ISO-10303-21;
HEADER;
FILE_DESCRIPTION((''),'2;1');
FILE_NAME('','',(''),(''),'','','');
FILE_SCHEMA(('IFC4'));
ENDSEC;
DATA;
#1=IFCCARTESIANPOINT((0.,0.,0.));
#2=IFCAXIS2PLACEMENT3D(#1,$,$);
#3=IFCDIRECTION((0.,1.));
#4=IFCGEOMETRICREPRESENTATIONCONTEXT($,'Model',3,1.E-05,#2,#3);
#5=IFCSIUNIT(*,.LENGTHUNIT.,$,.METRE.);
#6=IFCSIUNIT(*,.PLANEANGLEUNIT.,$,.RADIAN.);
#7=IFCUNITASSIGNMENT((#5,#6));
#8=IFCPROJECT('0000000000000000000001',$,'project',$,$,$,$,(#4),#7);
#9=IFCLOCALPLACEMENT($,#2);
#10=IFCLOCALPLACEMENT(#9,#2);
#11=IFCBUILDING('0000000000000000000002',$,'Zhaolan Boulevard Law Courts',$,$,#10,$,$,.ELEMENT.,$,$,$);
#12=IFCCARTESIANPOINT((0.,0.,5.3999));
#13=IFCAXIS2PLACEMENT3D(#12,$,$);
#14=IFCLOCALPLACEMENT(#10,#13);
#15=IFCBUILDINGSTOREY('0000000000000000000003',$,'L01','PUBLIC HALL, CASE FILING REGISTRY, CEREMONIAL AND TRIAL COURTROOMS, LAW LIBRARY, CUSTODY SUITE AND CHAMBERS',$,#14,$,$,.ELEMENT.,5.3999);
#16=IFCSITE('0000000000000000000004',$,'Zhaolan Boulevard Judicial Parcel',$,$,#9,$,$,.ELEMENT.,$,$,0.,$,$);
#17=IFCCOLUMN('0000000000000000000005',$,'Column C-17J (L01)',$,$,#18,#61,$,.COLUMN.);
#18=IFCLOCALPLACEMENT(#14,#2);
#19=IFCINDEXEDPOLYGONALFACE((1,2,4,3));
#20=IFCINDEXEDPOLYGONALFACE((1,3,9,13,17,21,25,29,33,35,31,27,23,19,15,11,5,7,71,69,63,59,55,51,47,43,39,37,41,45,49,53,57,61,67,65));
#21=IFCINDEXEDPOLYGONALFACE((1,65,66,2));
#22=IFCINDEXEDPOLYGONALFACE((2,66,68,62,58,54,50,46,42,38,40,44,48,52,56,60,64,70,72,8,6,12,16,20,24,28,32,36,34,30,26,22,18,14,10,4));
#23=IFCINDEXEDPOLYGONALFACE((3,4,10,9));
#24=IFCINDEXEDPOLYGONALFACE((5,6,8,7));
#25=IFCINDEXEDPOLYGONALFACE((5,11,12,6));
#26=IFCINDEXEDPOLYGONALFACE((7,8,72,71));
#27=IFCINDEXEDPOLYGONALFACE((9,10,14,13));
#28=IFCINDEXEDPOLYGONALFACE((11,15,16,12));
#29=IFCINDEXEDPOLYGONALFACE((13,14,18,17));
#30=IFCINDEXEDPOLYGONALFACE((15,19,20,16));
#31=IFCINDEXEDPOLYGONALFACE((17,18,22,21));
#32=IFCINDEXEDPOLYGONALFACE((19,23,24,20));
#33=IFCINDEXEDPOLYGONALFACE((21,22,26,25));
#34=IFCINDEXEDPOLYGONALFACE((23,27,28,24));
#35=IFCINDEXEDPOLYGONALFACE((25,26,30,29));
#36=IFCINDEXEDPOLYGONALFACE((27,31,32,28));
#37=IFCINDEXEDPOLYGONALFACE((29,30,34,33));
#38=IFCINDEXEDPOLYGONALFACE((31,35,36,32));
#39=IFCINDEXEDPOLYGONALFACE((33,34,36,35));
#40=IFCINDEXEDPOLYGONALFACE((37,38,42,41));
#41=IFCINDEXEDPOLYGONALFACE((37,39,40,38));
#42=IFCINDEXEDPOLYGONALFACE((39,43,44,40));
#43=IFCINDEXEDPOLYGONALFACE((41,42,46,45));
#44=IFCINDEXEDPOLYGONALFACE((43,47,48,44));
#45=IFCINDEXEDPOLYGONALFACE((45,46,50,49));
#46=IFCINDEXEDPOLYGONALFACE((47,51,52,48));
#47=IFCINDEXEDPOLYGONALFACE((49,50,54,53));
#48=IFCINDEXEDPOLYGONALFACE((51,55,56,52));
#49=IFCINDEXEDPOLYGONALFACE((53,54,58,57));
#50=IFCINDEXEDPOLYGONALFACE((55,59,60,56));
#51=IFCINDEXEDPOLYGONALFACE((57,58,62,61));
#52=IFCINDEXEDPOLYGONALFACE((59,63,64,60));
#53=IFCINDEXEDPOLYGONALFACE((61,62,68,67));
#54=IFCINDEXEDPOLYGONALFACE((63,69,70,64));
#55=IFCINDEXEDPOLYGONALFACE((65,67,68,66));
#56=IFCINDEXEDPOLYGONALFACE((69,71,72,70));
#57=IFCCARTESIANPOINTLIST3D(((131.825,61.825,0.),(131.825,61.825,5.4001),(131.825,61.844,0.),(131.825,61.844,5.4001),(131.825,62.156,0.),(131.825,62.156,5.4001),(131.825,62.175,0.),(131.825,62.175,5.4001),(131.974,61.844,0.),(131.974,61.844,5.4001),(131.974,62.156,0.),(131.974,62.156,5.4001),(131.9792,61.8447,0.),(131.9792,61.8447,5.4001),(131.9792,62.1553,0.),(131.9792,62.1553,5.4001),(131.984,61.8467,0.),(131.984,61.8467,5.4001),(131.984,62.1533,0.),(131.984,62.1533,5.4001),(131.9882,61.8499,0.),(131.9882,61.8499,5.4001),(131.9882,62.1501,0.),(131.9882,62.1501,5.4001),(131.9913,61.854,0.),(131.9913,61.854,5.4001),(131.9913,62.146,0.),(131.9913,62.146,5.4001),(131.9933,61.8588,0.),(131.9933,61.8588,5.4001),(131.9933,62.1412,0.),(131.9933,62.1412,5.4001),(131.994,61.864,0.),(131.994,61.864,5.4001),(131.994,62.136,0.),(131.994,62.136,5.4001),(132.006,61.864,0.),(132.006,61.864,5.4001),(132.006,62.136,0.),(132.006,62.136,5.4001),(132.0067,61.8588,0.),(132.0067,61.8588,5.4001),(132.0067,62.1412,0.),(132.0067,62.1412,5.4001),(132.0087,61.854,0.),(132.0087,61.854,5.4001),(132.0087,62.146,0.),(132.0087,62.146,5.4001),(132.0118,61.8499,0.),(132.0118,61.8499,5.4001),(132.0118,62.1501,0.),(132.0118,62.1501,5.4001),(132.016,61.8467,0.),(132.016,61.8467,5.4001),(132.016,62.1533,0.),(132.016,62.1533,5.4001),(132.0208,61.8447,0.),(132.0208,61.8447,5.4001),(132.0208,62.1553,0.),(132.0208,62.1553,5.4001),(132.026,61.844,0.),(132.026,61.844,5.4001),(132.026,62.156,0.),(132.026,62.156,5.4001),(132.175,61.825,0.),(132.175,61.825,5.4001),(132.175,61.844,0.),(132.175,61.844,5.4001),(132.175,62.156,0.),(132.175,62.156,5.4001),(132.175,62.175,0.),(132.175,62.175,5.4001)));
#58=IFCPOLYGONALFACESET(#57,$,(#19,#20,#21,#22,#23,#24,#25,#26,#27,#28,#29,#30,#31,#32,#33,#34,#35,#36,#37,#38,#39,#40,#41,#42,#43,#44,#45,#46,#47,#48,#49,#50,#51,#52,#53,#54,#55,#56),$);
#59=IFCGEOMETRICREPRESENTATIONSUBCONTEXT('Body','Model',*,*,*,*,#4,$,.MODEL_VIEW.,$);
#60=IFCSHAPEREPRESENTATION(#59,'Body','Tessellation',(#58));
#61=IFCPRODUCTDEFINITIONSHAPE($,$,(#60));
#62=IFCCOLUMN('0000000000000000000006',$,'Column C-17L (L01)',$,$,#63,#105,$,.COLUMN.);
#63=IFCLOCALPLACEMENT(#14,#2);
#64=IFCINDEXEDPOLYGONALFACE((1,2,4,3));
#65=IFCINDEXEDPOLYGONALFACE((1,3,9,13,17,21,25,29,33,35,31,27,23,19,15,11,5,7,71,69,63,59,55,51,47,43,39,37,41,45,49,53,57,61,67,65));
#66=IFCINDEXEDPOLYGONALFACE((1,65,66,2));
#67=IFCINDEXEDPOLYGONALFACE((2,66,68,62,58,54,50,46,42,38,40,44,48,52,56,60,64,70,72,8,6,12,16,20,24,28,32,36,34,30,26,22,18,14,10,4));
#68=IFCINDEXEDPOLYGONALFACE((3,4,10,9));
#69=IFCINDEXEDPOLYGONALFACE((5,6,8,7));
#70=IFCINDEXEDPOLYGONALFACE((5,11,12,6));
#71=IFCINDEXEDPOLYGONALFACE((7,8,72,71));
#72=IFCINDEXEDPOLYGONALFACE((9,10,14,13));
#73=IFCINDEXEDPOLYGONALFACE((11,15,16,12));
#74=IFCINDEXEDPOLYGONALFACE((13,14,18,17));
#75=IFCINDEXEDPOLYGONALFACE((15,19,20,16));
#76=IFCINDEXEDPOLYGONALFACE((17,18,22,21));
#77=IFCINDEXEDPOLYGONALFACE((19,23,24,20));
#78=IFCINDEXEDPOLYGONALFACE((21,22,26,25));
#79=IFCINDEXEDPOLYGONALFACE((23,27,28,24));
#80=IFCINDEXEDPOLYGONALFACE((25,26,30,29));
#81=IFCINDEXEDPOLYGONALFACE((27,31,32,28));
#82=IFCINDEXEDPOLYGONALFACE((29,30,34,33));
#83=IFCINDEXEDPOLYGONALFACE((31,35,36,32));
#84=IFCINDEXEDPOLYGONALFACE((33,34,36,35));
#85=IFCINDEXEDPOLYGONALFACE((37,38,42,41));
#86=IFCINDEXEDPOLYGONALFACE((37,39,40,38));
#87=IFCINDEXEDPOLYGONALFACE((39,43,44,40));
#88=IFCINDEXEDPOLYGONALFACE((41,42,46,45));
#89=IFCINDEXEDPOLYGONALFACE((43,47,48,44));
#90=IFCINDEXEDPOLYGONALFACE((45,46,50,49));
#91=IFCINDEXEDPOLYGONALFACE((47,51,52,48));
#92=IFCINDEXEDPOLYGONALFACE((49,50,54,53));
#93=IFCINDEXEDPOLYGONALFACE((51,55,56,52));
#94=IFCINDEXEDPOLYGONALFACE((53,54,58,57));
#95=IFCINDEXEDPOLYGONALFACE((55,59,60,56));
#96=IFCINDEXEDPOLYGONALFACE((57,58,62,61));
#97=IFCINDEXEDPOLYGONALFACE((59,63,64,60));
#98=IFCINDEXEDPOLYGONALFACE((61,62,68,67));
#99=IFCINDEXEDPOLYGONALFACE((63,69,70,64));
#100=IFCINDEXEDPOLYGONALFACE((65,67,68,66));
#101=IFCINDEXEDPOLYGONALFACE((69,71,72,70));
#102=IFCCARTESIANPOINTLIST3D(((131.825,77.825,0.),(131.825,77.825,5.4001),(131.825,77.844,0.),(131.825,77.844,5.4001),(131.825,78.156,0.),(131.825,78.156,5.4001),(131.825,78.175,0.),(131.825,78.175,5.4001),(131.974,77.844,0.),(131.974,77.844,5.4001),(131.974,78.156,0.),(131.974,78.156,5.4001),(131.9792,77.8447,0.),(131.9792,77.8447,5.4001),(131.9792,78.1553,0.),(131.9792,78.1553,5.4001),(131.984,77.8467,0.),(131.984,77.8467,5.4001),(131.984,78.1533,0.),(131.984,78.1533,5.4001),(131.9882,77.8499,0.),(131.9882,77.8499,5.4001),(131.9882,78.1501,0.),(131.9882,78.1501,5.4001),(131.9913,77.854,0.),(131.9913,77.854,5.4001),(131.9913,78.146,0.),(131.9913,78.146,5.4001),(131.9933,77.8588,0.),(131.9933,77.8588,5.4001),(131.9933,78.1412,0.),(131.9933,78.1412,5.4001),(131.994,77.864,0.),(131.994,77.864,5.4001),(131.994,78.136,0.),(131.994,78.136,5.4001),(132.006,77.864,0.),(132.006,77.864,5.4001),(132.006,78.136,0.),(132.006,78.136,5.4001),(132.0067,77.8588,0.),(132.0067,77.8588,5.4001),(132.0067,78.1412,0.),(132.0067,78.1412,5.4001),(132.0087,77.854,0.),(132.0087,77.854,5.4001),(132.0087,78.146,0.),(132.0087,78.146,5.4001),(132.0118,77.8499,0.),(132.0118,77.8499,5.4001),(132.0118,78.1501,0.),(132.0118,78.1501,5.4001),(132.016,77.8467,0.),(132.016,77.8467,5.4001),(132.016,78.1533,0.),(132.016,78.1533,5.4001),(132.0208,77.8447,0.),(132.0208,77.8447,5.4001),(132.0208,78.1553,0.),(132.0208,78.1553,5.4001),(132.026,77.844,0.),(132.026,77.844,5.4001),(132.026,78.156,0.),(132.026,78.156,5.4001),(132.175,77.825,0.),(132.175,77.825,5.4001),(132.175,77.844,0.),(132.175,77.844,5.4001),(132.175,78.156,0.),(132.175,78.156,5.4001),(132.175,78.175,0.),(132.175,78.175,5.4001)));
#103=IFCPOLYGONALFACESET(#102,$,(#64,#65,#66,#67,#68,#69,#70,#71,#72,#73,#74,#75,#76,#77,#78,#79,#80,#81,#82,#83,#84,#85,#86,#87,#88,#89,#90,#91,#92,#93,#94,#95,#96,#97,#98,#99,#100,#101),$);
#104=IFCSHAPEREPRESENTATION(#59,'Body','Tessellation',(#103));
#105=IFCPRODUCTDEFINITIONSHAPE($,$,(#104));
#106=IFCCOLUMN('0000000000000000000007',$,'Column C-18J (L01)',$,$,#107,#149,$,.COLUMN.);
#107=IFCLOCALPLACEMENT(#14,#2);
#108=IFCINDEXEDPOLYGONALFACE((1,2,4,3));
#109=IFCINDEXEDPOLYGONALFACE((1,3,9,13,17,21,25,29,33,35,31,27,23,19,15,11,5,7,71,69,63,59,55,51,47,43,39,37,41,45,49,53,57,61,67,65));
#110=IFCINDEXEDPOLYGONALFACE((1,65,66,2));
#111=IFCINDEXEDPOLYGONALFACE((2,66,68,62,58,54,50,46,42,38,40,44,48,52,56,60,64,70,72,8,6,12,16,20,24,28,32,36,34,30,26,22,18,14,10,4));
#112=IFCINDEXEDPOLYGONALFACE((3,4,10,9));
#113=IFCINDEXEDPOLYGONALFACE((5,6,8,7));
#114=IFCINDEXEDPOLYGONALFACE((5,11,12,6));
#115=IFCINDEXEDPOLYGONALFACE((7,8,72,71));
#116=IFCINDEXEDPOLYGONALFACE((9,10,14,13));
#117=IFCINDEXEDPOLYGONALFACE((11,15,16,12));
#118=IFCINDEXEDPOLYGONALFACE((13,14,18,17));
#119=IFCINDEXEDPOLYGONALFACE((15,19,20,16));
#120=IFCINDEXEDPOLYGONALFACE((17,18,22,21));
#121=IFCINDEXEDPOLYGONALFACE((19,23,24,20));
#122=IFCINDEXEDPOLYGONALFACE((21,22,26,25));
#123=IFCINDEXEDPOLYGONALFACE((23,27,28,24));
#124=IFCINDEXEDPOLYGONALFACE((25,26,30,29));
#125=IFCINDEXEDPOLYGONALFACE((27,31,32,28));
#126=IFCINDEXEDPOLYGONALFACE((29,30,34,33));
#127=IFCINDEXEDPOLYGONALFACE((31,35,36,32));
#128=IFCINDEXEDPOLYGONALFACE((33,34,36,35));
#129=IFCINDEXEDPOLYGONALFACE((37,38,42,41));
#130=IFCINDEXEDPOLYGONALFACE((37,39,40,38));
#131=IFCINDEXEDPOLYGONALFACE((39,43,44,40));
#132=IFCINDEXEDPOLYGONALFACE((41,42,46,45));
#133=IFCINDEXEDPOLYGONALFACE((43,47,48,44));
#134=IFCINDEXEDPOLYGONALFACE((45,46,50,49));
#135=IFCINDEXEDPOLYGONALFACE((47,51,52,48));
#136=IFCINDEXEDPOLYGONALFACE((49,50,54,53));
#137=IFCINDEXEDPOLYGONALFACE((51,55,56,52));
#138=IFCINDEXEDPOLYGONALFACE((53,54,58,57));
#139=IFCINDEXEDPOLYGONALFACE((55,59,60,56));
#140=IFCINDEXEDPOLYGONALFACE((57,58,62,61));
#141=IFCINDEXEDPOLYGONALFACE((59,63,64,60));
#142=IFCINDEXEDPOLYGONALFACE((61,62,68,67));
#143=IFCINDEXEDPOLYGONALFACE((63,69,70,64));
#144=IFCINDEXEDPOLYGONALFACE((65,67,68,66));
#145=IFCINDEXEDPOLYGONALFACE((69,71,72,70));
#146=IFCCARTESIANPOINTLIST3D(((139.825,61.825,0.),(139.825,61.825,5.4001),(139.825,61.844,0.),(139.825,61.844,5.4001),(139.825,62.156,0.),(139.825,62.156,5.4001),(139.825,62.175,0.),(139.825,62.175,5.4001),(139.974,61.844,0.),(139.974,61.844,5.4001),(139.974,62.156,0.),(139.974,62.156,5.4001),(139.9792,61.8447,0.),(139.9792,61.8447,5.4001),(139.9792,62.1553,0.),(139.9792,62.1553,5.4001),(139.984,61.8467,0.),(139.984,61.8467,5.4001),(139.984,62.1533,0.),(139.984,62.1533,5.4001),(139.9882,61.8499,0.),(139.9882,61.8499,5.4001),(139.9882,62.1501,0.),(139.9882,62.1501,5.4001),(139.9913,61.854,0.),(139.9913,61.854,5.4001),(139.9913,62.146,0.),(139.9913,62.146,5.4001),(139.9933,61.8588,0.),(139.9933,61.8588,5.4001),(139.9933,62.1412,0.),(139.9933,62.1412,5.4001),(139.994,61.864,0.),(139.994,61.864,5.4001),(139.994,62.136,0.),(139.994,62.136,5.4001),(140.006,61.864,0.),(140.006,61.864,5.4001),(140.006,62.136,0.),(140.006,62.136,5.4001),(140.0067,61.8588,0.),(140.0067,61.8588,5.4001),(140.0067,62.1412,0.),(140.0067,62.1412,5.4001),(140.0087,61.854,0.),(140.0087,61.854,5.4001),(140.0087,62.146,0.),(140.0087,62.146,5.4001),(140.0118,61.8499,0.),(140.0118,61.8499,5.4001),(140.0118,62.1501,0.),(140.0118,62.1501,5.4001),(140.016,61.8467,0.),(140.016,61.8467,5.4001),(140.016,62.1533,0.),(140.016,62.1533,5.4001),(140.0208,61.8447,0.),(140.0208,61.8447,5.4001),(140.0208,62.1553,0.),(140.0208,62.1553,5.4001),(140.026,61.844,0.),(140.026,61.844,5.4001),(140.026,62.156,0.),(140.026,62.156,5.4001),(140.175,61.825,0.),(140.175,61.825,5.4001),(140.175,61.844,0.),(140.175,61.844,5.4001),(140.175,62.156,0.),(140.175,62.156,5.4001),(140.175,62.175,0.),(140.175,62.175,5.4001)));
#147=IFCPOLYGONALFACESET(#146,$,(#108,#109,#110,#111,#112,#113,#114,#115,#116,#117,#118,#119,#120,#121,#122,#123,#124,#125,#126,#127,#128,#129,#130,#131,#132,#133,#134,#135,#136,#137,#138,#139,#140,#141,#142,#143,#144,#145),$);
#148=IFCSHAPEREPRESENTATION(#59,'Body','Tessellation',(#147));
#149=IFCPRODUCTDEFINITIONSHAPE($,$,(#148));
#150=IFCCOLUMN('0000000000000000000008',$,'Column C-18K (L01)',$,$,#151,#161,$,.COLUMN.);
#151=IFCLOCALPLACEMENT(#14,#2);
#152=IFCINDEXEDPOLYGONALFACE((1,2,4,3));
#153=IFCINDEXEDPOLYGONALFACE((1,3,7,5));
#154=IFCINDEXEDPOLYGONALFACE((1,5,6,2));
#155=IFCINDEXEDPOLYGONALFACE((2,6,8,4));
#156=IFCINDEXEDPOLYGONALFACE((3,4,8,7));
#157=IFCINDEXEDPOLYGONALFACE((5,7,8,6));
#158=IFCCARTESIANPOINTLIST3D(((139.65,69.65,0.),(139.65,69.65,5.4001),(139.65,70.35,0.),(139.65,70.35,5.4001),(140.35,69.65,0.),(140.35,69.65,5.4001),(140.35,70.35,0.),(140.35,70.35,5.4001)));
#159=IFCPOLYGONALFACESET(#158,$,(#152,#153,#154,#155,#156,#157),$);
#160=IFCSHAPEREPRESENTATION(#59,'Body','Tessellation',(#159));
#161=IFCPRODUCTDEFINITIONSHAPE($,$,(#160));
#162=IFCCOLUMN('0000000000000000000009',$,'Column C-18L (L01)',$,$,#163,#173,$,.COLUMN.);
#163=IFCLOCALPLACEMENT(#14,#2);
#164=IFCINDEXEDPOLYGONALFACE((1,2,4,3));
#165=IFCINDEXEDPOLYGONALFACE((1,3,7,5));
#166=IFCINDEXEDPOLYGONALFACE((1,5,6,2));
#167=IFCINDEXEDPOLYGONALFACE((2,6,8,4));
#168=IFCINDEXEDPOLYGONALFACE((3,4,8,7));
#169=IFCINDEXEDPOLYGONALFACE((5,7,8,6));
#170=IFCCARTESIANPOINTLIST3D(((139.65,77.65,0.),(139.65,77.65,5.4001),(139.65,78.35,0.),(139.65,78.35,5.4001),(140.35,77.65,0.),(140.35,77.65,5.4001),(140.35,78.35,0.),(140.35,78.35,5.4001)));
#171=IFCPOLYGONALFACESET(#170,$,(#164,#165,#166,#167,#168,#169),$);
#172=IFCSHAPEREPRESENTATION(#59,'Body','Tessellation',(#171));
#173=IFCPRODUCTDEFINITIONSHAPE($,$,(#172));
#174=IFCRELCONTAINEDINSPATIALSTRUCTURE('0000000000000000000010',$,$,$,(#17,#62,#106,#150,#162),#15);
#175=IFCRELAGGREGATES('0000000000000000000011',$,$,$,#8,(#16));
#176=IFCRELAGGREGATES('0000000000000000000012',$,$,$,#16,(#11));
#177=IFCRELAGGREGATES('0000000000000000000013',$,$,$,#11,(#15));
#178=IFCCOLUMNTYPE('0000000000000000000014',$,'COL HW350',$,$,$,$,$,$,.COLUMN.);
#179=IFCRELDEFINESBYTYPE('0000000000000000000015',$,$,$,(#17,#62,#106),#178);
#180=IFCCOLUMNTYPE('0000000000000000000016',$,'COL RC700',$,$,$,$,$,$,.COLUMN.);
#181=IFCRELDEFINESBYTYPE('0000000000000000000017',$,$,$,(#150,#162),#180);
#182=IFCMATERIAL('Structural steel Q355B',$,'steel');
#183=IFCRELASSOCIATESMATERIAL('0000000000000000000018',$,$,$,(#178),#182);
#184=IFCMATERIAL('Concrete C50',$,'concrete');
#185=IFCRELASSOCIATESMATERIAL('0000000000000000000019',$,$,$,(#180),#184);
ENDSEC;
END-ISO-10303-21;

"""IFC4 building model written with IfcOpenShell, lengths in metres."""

from ifc_helpers import new_model, si_unit, direction, frame, origin, origin_2d, place, context, subcontext, project, spatial, rectangle, i_section, extrude, material, material_profile, profile_set, type_object, element, save


model = new_model("IFC4")

# Units and contexts
model_context = context("Model", 3, precision=1e-05, world=origin(), true_north=direction((0.0, 1.0)))
body_context = subcontext(model_context, "Body", "Model", "MODEL_VIEW")
ifc_project = project(units=[si_unit("LENGTHUNIT", "METRE"), si_unit("PLANEANGLEUNIT", "RADIAN")], contexts=[model_context])

# Site, building, storey
site_placement = place(None, origin())
site = spatial("IfcSite", under=ifc_project, at=site_placement, Name="Zhaolan Boulevard Judicial Parcel", CompositionType="ELEMENT", RefElevation=0.0)
building_placement = place(site_placement, origin())
building = spatial("IfcBuilding", under=site, at=building_placement, Name="Zhaolan Boulevard Law Courts", CompositionType="ELEMENT")
storey_placement = place(building_placement, frame((0.0, 0.0, 5.3999)))
storey = spatial("IfcBuildingStorey", under=building, at=storey_placement, Name="L01", Description="PUBLIC HALL, CASE FILING REGISTRY, CEREMONIAL AND TRIAL COURTROOMS, LAW LIBRARY, CUSTODY SUITE AND CHAMBERS", CompositionType="ELEMENT", Elevation=5.3999)

# Columns
ifc_material_1 = material(Name="Structural steel Q355B", Category="steel")
ifc_material_profile_1 = material_profile(ifc_material_1, i_section(OverallWidth=0.3501, OverallDepth=0.3501, WebThickness=0.012, FlangeThickness=0.019, FilletRadius=0.02, at=origin_2d()), Name="HW350x350")
ifc_profile_set_1 = profile_set([ifc_material_profile_1], Name="Structural steel Q355B")
column_type_1 = type_object("IfcColumnType", Name="COL HW350", PredefinedType="COLUMN", material=ifc_profile_set_1)
for number, where, z_axis, x_axis, name in (
    (1, (132.0, 62.0, 0.0), (0.0, 0.0, 1.0), (1.0, 0.0, 0.0), "Column C-17J (L01)"),
    (2, (132.0, 78.0, 0.0), (0.0, 0.0, 1.0), (1.0, 0.0, 0.0), "Column C-17L (L01)"),
    (3, (140.0, 62.0, 0.0), (0.0, 0.0, 1.0), (1.0, 0.0, 0.0), "Column C-18J (L01)"),
):
    element("IfcColumn", number, at=place(storey_placement, frame(where, z_axis=z_axis, x_axis=x_axis)), inside=storey, type_object=column_type_1, Name=name, PredefinedType="COLUMN", context=body_context, shape_type="SweptSolid", body=[
        extrude(i_section(OverallWidth=0.3501, OverallDepth=0.3501, WebThickness=0.012, FlangeThickness=0.019, FilletRadius=0.02, at=origin_2d()), origin(), (0.0, 0.0, 1.0), 5.4001),
    ])
ifc_material_2 = material(Name="Concrete C50", Category="concrete")
ifc_material_profile_2 = material_profile(ifc_material_2, rectangle(XDim=0.7, YDim=0.7, at=origin_2d()), Name="RC700x700")
ifc_profile_set_2 = profile_set([ifc_material_profile_2], Name="Concrete C50")
column_type_2 = type_object("IfcColumnType", Name="COL RC700", PredefinedType="COLUMN", material=ifc_profile_set_2)
for number, where, z_axis, x_axis, name in (
    (4, (140.0, 70.0, 0.0), (0.0, 0.0, 1.0), (1.0, 0.0, 0.0), "Column C-18K (L01)"),
    (5, (140.0, 78.0, 0.0), (0.0, 0.0, 1.0), (1.0, 0.0, 0.0), "Column C-18L (L01)"),
):
    element("IfcColumn", number, at=place(storey_placement, frame(where, z_axis=z_axis, x_axis=x_axis)), inside=storey, type_object=column_type_2, Name=name, PredefinedType="COLUMN", context=body_context, shape_type="SweptSolid", body=[
        extrude(rectangle(XDim=0.7, YDim=0.7, at=origin_2d()), origin(), (0.0, 0.0, 1.0), 5.4001),
    ])

save(model, "model.ifc")
